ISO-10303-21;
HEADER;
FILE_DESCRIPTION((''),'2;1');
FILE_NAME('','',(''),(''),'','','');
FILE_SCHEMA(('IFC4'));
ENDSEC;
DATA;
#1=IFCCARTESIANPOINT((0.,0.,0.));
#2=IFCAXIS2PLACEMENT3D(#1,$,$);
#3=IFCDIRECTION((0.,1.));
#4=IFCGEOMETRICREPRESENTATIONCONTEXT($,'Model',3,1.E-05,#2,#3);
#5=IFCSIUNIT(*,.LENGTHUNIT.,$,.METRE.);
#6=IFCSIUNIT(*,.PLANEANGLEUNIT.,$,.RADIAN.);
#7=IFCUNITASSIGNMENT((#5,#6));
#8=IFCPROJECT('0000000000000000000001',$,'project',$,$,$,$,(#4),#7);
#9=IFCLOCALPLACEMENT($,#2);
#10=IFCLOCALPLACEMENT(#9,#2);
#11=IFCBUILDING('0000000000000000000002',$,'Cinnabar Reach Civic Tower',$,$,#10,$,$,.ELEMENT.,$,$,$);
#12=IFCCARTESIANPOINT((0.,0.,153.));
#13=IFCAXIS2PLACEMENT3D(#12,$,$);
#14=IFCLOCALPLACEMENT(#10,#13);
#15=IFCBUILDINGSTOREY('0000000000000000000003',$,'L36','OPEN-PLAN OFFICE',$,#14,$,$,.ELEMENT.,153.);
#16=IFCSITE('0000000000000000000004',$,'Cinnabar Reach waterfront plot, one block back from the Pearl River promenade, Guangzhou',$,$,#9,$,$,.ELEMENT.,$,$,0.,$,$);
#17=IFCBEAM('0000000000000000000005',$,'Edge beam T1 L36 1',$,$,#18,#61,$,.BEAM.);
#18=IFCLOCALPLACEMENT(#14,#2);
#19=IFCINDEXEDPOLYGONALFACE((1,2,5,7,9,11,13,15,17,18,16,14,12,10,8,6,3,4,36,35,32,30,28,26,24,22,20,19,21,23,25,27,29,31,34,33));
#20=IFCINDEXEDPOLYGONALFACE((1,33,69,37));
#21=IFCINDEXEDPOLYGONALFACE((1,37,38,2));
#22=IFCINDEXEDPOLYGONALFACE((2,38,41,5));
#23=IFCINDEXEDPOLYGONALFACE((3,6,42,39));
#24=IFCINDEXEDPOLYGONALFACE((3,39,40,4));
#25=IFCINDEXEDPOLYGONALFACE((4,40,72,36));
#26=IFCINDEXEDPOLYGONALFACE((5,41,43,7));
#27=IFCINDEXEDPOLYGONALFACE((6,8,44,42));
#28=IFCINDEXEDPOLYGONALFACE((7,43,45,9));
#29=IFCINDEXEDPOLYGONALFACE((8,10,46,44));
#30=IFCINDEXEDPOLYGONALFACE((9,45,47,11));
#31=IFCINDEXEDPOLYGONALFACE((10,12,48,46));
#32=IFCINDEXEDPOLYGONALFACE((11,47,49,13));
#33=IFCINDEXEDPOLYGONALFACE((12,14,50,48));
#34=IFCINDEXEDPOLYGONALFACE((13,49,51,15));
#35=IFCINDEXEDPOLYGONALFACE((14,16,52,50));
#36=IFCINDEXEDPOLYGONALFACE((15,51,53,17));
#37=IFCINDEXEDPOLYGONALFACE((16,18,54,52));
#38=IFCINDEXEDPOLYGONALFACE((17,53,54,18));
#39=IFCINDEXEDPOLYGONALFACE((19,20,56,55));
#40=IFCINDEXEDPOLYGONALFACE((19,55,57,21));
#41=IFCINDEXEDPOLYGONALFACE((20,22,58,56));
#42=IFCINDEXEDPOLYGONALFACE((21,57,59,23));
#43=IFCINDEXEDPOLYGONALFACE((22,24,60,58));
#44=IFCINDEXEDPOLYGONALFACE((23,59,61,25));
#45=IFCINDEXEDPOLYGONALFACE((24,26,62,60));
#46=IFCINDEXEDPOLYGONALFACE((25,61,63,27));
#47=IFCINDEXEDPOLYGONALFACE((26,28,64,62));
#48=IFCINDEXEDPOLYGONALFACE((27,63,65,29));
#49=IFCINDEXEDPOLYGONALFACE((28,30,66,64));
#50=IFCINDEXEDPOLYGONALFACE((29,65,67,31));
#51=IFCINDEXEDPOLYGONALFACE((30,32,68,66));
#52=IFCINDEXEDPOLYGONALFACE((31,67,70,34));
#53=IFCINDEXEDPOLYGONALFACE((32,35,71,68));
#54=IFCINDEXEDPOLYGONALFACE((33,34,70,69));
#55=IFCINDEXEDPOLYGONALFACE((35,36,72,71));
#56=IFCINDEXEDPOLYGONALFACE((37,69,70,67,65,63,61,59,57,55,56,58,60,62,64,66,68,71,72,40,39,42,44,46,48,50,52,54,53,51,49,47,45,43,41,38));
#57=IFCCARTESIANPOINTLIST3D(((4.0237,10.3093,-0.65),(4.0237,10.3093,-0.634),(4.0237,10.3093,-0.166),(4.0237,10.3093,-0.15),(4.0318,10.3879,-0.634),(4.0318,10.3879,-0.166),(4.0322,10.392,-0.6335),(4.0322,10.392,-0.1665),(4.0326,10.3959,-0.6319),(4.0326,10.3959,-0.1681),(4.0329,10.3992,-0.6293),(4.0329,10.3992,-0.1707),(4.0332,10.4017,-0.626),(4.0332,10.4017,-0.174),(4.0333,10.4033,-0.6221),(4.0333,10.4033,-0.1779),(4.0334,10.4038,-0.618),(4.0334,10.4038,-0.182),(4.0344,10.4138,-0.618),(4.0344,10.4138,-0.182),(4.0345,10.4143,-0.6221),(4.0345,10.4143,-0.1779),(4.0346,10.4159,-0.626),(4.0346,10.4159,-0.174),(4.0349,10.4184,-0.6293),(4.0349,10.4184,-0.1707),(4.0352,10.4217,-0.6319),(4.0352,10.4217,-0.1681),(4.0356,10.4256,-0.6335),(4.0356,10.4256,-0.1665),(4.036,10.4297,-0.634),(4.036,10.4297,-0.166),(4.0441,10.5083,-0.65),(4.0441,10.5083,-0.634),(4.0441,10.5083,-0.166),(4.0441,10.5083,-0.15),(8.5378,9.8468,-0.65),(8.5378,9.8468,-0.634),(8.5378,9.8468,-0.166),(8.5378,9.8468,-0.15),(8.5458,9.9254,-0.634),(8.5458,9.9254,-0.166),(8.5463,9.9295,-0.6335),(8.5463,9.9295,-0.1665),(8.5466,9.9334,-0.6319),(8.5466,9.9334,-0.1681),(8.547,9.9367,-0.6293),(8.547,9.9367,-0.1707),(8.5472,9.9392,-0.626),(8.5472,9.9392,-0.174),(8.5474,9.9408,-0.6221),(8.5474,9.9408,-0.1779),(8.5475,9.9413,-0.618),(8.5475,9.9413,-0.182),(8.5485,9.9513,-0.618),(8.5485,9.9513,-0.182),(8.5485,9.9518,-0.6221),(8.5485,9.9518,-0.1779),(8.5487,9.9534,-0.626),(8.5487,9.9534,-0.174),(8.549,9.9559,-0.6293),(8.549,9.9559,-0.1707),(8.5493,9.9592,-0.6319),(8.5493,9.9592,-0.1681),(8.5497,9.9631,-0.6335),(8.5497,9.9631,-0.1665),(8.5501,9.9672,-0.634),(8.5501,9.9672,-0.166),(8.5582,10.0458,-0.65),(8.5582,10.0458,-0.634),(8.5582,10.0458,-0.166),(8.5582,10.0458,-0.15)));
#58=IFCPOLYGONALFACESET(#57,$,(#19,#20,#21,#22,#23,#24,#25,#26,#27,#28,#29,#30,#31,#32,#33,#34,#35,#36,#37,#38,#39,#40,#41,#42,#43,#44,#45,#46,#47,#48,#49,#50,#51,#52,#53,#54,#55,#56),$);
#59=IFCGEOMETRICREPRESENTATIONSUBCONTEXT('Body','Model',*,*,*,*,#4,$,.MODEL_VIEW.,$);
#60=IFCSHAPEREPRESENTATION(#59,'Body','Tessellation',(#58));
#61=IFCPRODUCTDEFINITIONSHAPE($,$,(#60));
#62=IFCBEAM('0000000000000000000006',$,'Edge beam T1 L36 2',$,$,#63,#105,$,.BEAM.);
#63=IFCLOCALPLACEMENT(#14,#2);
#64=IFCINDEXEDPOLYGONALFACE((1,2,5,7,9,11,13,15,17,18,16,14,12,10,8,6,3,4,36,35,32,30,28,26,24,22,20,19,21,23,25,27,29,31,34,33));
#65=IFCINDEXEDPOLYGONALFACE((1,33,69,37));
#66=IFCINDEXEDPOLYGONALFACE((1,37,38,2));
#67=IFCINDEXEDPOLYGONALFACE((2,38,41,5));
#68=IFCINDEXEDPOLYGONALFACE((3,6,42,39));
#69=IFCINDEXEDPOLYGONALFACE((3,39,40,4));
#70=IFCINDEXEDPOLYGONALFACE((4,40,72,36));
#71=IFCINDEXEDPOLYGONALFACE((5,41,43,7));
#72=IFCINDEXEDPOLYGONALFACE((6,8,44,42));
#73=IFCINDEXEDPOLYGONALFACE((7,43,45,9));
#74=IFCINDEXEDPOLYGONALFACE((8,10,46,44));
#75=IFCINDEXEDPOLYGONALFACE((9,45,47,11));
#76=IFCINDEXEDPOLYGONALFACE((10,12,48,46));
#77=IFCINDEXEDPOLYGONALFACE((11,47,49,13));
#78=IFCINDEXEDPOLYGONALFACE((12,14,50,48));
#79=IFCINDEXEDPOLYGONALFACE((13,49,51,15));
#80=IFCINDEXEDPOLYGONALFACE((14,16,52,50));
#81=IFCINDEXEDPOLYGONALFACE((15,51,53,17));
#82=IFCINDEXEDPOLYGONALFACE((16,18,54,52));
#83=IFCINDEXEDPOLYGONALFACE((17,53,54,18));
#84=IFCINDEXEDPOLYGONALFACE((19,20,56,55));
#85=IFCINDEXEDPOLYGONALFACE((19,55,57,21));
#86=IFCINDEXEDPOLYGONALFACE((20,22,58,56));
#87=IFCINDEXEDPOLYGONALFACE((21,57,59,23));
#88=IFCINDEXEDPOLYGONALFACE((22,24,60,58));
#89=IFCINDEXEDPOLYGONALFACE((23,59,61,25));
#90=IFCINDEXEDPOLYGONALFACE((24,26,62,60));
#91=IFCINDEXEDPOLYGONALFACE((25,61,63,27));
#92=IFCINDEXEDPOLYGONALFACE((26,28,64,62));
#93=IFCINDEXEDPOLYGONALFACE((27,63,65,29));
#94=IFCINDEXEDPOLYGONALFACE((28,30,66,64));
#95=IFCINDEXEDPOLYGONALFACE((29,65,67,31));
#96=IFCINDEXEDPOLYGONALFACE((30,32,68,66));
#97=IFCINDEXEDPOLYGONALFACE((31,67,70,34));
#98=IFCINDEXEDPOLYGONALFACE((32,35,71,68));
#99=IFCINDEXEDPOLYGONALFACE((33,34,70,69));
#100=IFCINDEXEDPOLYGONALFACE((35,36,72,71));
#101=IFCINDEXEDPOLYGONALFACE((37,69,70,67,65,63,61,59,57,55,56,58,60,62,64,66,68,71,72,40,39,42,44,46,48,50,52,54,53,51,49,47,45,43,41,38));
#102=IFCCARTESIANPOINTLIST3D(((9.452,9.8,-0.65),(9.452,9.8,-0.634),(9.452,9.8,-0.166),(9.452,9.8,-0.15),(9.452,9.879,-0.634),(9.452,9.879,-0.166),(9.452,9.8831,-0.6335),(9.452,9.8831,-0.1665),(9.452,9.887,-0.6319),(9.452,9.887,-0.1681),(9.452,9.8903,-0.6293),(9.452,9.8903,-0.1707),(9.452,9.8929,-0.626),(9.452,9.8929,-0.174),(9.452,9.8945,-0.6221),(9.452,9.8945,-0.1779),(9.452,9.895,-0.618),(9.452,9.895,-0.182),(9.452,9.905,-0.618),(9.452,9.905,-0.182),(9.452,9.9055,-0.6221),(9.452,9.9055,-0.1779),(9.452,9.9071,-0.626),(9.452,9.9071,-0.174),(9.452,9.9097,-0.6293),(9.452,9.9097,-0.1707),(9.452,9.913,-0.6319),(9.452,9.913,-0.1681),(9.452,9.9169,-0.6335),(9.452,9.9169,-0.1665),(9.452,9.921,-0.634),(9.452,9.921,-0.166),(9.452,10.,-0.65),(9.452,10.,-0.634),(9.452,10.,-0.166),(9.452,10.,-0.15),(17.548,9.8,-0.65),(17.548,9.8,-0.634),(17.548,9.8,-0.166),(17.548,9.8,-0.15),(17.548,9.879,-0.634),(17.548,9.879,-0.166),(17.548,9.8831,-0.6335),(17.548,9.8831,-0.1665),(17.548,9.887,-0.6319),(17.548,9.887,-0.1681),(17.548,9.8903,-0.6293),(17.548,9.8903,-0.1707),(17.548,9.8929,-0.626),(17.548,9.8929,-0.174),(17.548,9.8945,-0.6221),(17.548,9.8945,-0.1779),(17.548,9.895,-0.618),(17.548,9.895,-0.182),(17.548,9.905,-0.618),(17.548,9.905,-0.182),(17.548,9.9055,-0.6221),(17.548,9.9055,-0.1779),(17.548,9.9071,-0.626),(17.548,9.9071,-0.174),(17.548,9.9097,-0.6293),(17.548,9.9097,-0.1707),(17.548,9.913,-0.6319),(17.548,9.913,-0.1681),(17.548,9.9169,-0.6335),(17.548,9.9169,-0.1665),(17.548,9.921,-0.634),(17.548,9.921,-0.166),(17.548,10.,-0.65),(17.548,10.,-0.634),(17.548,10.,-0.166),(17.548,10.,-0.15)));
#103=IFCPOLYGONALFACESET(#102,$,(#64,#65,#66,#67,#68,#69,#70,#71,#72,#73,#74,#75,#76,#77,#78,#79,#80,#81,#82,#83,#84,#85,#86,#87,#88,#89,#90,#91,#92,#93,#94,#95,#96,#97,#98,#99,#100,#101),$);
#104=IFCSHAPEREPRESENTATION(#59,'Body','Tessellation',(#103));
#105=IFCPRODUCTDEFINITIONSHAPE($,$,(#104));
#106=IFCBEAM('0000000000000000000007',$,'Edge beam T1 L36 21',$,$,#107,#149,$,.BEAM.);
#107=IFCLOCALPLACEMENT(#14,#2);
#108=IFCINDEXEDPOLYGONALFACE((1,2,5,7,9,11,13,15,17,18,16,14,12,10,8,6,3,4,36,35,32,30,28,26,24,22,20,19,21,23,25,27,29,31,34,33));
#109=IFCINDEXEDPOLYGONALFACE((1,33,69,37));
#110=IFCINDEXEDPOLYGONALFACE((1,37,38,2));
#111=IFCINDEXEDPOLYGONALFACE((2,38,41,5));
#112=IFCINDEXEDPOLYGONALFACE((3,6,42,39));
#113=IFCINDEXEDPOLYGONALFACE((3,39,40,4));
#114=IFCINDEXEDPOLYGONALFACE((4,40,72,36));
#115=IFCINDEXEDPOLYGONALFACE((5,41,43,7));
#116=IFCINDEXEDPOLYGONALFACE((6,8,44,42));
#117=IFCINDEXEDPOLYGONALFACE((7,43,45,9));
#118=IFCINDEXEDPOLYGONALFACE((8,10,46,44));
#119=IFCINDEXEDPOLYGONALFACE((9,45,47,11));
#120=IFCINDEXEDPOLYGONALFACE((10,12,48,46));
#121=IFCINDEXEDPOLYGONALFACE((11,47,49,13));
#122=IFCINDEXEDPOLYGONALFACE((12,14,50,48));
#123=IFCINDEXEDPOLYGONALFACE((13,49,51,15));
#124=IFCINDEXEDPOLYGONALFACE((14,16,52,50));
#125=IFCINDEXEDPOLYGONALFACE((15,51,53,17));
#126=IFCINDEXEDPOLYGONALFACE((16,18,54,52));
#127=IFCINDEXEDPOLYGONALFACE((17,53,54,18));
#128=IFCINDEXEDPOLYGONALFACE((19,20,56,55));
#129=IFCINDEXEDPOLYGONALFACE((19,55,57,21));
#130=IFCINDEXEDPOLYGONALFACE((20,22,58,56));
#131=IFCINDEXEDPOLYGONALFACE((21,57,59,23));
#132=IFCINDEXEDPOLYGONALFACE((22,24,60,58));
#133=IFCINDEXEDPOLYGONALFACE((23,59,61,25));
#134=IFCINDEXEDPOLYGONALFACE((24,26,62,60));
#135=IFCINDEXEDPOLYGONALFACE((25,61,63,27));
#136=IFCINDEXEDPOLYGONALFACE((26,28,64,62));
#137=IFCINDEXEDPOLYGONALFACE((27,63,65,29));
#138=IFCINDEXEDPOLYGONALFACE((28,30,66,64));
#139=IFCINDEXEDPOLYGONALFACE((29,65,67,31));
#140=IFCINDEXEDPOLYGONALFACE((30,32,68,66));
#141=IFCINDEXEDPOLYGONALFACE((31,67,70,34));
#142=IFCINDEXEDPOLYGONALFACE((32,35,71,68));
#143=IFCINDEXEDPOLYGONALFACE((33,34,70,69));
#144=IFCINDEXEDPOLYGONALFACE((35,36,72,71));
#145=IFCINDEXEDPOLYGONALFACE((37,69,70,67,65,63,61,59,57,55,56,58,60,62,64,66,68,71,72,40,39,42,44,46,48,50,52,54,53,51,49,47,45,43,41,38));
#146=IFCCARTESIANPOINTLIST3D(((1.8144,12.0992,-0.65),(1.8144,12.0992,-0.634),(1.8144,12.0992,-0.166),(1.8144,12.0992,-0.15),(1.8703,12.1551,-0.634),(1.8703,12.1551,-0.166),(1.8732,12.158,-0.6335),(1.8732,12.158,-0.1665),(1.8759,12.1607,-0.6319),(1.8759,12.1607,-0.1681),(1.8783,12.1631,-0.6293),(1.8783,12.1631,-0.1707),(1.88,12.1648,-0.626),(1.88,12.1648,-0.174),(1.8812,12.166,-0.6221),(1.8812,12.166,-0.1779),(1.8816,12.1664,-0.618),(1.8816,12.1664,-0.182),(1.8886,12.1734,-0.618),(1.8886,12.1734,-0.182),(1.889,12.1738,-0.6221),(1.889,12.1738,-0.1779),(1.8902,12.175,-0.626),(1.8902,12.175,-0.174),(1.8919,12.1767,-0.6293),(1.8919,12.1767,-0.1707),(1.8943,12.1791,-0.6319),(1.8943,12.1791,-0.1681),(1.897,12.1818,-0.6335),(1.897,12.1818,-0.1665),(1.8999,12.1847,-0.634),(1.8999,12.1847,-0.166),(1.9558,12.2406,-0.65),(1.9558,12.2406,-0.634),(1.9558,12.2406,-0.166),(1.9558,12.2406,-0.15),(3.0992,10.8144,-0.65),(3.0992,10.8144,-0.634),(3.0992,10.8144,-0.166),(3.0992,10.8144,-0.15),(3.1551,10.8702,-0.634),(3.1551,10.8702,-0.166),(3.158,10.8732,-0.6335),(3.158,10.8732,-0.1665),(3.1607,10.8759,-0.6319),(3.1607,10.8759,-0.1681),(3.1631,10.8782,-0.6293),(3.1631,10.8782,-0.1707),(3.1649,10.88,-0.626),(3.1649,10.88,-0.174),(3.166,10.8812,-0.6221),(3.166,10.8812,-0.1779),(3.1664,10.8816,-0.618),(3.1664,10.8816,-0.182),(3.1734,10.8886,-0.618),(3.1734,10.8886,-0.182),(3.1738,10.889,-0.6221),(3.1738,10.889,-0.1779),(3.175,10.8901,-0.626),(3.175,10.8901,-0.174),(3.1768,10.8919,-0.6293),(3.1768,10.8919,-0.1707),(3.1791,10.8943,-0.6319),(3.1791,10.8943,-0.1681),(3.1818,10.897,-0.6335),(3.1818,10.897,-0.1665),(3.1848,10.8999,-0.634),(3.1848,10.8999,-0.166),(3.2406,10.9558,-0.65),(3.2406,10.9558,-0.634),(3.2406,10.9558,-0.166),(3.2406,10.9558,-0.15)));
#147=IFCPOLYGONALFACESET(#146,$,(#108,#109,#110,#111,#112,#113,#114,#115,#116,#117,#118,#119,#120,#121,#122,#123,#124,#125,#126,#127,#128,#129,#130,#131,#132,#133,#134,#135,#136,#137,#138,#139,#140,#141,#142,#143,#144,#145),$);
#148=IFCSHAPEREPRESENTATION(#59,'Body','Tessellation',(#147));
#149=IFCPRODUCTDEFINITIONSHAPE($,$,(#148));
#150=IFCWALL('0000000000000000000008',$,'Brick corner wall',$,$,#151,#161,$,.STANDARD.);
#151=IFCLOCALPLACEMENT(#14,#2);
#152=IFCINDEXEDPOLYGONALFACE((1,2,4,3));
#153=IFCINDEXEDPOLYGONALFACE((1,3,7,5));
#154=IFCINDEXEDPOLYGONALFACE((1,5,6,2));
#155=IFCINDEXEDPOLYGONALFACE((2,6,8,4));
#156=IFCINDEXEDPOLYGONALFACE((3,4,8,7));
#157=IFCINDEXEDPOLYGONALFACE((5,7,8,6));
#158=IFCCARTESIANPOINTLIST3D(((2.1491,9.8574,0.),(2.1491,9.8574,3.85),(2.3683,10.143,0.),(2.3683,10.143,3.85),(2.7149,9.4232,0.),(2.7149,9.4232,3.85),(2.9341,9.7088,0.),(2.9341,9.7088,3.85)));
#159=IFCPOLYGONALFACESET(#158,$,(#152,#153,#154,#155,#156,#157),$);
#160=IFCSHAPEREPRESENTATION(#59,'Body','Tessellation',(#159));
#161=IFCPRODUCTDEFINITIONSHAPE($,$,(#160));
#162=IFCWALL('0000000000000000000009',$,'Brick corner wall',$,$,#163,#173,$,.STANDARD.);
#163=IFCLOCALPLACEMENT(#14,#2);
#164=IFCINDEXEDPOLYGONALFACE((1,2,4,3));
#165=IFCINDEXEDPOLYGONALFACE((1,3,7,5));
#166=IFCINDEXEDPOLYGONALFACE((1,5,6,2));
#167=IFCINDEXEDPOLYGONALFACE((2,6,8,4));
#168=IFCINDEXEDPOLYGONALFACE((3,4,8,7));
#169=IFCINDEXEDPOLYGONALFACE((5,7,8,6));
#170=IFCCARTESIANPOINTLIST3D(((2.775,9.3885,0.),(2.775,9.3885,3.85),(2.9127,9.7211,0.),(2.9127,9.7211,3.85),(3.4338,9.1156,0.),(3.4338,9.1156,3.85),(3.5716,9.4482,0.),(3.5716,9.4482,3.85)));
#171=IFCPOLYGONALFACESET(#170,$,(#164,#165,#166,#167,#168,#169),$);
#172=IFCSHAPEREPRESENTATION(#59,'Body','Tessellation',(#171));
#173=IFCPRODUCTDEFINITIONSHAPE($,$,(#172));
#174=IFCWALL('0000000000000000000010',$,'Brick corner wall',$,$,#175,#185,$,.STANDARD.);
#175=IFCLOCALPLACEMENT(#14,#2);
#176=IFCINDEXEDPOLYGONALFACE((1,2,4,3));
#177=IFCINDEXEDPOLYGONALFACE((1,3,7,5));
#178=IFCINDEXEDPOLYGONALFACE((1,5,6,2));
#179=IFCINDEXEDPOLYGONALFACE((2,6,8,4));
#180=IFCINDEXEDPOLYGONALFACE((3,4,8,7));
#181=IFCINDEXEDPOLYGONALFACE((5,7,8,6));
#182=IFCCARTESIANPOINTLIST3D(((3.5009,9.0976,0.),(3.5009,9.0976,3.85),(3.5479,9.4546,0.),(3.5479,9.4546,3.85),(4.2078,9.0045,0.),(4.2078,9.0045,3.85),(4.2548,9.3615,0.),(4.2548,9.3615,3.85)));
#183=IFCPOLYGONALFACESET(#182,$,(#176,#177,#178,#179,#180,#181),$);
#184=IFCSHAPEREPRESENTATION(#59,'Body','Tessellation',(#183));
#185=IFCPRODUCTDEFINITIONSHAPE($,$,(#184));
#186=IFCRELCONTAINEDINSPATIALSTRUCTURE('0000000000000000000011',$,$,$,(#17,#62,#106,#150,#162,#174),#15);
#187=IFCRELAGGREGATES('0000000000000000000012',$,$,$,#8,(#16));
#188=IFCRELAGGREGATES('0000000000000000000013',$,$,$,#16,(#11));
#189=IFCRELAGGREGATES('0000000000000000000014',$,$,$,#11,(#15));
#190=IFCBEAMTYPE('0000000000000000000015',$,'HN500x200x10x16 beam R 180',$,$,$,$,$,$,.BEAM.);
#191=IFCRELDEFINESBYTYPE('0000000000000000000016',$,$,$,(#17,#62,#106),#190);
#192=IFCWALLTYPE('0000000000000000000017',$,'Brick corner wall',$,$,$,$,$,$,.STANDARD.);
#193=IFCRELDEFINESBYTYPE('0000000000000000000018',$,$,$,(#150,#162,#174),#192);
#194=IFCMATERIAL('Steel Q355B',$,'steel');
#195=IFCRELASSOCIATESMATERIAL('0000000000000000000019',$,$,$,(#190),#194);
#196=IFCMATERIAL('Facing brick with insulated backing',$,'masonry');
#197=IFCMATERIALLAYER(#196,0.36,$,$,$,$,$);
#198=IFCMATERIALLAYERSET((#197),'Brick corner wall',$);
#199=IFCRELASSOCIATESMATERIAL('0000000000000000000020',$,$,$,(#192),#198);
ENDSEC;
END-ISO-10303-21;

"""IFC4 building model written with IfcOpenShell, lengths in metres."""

from ifc_helpers import new_model, si_unit, direction, frame, frame_2d, origin, origin_2d, place, context, subcontext, project, spatial, rectangle, i_section, extrude, material, layer, layer_set, material_profile, profile_set, type_object, element, save


model = new_model("IFC4")

# Units and contexts
model_context = context("Model", 3, precision=1e-05, world=origin(), true_north=direction((0.0, 1.0)))
body_context = subcontext(model_context, "Body", "Model", "MODEL_VIEW")
ifc_project = project(units=[si_unit("LENGTHUNIT", "METRE"), si_unit("PLANEANGLEUNIT", "RADIAN")], contexts=[model_context])

# Site, building, storey
site_placement = place(None, origin())
site = spatial("IfcSite", under=ifc_project, at=site_placement, Name="Cinnabar Reach waterfront plot, one block back from the Pearl River promenade, Guangzhou", CompositionType="ELEMENT", RefElevation=0.0)
building_placement = place(site_placement, origin())
building = spatial("IfcBuilding", under=site, at=building_placement, Name="Cinnabar Reach Civic Tower", CompositionType="ELEMENT")
storey_placement = place(building_placement, frame((0.0, 0.0, 153.0)))
storey = spatial("IfcBuildingStorey", under=building, at=storey_placement, Name="L36", Description="OPEN-PLAN OFFICE", CompositionType="ELEMENT", Elevation=153.0)

# Beams
ifc_material_1 = material(Name="Steel Q355B", Category="steel")
ifc_material_profile_1 = material_profile(ifc_material_1, i_section(OverallWidth=0.2, OverallDepth=0.5, WebThickness=0.01, FlangeThickness=0.016, FilletRadius=0.016, at=origin_2d()), Name="HN500x200x10x16")
ifc_profile_set_1 = profile_set([ifc_material_profile_1], Name="Steel Q355B")
beam_type_1 = type_object("IfcBeamType", Name="HN500x200x10x16 beam R 180", PredefinedType="BEAM", material=ifc_profile_set_1)
beam_1_placement = place(storey_placement, frame((4.0339, 10.4088, -0.4), z_axis=(0.994792, -0.101923, 0.0), x_axis=(0.101923, 0.994792, 0.0)))
element("IfcBeam", 1, at=beam_1_placement, inside=storey, type_object=beam_type_1, Name="Edge beam T1 L36 1", PredefinedType="BEAM", context=body_context, shape_type="SweptSolid", body=[
    extrude(i_section(OverallWidth=0.2, OverallDepth=0.5, WebThickness=0.01, FlangeThickness=0.016, FilletRadius=0.016, at=origin_2d()), origin(), (0.0, 0.0, 1.0), 4.5377),
])
beam_2_placement = place(storey_placement, frame((9.452, 9.9, -0.4), z_axis=(1.0, 0.0, 0.0), x_axis=(0.0, 1.0, 0.0)))
element("IfcBeam", 2, at=beam_2_placement, inside=storey, type_object=beam_type_1, Name="Edge beam T1 L36 2", PredefinedType="BEAM", context=body_context, shape_type="SweptSolid", body=[
    extrude(i_section(OverallWidth=0.2, OverallDepth=0.5, WebThickness=0.01, FlangeThickness=0.016, FilletRadius=0.016, at=origin_2d()), origin(), (0.0, 0.0, 1.0), 8.096),
])
beam_3_placement = place(storey_placement, frame((1.8851, 12.1699, -0.4), z_axis=(0.707107, -0.707107, 0.0), x_axis=(0.707107, 0.707107, 0.0)))
element("IfcBeam", 3, at=beam_3_placement, inside=storey, type_object=beam_type_1, Name="Edge beam T1 L36 21", PredefinedType="BEAM", context=body_context, shape_type="SweptSolid", body=[
    extrude(i_section(OverallWidth=0.2, OverallDepth=0.5, WebThickness=0.01, FlangeThickness=0.016, FilletRadius=0.016, at=origin_2d()), origin(), (0.0, 0.0, 1.0), 1.817),
])

# Walls
ifc_material_2 = material(Name="Facing brick with insulated backing", Category="masonry")
ifc_layer_1 = layer(ifc_material_2, 0.36)
ifc_layer_set_1 = layer_set([ifc_layer_1], Name="Brick corner wall")
wall_type_1 = type_object("IfcWallType", Name="Brick corner wall", PredefinedType="STANDARD", material=ifc_layer_set_1)
wall_1_placement = place(storey_placement, frame((2.2587, 10.0002, 0.0), z_axis=(0.0, 0.0, 1.0), x_axis=(0.793322, -0.608802, 0.0)))
element("IfcWall", 4, at=wall_1_placement, inside=storey, type_object=wall_type_1, Name="Brick corner wall", PredefinedType="STANDARD", context=body_context, shape_type="SweptSolid", body=[
    extrude(rectangle(XDim=0.7132, YDim=0.36, at=frame_2d((0.3566, 0.0))), origin(), (0.0, 0.0, 1.0), 3.85),
])
for number, where, z_axis, x_axis, name in (
    (5, (2.8439, 9.5548, 0.0), (0.0, 0.0, 1.0), (0.923872, -0.382703, 0.0), "Brick corner wall"),
    (6, (3.5244, 9.2761, 0.0), (0.0, 0.0, 1.0), (0.991441, -0.130556, 0.0), "Brick corner wall"),
):
    element("IfcWall", number, at=place(storey_placement, frame(where, z_axis=z_axis, x_axis=x_axis)), inside=storey, type_object=wall_type_1, Name=name, PredefinedType="STANDARD", context=body_context, shape_type="SweptSolid", body=[
        extrude(rectangle(XDim=0.7131, YDim=0.36, at=frame_2d((0.3565, 0.0))), origin(), (0.0, 0.0, 1.0), 3.85),
    ])

save(model, "model.ifc")
